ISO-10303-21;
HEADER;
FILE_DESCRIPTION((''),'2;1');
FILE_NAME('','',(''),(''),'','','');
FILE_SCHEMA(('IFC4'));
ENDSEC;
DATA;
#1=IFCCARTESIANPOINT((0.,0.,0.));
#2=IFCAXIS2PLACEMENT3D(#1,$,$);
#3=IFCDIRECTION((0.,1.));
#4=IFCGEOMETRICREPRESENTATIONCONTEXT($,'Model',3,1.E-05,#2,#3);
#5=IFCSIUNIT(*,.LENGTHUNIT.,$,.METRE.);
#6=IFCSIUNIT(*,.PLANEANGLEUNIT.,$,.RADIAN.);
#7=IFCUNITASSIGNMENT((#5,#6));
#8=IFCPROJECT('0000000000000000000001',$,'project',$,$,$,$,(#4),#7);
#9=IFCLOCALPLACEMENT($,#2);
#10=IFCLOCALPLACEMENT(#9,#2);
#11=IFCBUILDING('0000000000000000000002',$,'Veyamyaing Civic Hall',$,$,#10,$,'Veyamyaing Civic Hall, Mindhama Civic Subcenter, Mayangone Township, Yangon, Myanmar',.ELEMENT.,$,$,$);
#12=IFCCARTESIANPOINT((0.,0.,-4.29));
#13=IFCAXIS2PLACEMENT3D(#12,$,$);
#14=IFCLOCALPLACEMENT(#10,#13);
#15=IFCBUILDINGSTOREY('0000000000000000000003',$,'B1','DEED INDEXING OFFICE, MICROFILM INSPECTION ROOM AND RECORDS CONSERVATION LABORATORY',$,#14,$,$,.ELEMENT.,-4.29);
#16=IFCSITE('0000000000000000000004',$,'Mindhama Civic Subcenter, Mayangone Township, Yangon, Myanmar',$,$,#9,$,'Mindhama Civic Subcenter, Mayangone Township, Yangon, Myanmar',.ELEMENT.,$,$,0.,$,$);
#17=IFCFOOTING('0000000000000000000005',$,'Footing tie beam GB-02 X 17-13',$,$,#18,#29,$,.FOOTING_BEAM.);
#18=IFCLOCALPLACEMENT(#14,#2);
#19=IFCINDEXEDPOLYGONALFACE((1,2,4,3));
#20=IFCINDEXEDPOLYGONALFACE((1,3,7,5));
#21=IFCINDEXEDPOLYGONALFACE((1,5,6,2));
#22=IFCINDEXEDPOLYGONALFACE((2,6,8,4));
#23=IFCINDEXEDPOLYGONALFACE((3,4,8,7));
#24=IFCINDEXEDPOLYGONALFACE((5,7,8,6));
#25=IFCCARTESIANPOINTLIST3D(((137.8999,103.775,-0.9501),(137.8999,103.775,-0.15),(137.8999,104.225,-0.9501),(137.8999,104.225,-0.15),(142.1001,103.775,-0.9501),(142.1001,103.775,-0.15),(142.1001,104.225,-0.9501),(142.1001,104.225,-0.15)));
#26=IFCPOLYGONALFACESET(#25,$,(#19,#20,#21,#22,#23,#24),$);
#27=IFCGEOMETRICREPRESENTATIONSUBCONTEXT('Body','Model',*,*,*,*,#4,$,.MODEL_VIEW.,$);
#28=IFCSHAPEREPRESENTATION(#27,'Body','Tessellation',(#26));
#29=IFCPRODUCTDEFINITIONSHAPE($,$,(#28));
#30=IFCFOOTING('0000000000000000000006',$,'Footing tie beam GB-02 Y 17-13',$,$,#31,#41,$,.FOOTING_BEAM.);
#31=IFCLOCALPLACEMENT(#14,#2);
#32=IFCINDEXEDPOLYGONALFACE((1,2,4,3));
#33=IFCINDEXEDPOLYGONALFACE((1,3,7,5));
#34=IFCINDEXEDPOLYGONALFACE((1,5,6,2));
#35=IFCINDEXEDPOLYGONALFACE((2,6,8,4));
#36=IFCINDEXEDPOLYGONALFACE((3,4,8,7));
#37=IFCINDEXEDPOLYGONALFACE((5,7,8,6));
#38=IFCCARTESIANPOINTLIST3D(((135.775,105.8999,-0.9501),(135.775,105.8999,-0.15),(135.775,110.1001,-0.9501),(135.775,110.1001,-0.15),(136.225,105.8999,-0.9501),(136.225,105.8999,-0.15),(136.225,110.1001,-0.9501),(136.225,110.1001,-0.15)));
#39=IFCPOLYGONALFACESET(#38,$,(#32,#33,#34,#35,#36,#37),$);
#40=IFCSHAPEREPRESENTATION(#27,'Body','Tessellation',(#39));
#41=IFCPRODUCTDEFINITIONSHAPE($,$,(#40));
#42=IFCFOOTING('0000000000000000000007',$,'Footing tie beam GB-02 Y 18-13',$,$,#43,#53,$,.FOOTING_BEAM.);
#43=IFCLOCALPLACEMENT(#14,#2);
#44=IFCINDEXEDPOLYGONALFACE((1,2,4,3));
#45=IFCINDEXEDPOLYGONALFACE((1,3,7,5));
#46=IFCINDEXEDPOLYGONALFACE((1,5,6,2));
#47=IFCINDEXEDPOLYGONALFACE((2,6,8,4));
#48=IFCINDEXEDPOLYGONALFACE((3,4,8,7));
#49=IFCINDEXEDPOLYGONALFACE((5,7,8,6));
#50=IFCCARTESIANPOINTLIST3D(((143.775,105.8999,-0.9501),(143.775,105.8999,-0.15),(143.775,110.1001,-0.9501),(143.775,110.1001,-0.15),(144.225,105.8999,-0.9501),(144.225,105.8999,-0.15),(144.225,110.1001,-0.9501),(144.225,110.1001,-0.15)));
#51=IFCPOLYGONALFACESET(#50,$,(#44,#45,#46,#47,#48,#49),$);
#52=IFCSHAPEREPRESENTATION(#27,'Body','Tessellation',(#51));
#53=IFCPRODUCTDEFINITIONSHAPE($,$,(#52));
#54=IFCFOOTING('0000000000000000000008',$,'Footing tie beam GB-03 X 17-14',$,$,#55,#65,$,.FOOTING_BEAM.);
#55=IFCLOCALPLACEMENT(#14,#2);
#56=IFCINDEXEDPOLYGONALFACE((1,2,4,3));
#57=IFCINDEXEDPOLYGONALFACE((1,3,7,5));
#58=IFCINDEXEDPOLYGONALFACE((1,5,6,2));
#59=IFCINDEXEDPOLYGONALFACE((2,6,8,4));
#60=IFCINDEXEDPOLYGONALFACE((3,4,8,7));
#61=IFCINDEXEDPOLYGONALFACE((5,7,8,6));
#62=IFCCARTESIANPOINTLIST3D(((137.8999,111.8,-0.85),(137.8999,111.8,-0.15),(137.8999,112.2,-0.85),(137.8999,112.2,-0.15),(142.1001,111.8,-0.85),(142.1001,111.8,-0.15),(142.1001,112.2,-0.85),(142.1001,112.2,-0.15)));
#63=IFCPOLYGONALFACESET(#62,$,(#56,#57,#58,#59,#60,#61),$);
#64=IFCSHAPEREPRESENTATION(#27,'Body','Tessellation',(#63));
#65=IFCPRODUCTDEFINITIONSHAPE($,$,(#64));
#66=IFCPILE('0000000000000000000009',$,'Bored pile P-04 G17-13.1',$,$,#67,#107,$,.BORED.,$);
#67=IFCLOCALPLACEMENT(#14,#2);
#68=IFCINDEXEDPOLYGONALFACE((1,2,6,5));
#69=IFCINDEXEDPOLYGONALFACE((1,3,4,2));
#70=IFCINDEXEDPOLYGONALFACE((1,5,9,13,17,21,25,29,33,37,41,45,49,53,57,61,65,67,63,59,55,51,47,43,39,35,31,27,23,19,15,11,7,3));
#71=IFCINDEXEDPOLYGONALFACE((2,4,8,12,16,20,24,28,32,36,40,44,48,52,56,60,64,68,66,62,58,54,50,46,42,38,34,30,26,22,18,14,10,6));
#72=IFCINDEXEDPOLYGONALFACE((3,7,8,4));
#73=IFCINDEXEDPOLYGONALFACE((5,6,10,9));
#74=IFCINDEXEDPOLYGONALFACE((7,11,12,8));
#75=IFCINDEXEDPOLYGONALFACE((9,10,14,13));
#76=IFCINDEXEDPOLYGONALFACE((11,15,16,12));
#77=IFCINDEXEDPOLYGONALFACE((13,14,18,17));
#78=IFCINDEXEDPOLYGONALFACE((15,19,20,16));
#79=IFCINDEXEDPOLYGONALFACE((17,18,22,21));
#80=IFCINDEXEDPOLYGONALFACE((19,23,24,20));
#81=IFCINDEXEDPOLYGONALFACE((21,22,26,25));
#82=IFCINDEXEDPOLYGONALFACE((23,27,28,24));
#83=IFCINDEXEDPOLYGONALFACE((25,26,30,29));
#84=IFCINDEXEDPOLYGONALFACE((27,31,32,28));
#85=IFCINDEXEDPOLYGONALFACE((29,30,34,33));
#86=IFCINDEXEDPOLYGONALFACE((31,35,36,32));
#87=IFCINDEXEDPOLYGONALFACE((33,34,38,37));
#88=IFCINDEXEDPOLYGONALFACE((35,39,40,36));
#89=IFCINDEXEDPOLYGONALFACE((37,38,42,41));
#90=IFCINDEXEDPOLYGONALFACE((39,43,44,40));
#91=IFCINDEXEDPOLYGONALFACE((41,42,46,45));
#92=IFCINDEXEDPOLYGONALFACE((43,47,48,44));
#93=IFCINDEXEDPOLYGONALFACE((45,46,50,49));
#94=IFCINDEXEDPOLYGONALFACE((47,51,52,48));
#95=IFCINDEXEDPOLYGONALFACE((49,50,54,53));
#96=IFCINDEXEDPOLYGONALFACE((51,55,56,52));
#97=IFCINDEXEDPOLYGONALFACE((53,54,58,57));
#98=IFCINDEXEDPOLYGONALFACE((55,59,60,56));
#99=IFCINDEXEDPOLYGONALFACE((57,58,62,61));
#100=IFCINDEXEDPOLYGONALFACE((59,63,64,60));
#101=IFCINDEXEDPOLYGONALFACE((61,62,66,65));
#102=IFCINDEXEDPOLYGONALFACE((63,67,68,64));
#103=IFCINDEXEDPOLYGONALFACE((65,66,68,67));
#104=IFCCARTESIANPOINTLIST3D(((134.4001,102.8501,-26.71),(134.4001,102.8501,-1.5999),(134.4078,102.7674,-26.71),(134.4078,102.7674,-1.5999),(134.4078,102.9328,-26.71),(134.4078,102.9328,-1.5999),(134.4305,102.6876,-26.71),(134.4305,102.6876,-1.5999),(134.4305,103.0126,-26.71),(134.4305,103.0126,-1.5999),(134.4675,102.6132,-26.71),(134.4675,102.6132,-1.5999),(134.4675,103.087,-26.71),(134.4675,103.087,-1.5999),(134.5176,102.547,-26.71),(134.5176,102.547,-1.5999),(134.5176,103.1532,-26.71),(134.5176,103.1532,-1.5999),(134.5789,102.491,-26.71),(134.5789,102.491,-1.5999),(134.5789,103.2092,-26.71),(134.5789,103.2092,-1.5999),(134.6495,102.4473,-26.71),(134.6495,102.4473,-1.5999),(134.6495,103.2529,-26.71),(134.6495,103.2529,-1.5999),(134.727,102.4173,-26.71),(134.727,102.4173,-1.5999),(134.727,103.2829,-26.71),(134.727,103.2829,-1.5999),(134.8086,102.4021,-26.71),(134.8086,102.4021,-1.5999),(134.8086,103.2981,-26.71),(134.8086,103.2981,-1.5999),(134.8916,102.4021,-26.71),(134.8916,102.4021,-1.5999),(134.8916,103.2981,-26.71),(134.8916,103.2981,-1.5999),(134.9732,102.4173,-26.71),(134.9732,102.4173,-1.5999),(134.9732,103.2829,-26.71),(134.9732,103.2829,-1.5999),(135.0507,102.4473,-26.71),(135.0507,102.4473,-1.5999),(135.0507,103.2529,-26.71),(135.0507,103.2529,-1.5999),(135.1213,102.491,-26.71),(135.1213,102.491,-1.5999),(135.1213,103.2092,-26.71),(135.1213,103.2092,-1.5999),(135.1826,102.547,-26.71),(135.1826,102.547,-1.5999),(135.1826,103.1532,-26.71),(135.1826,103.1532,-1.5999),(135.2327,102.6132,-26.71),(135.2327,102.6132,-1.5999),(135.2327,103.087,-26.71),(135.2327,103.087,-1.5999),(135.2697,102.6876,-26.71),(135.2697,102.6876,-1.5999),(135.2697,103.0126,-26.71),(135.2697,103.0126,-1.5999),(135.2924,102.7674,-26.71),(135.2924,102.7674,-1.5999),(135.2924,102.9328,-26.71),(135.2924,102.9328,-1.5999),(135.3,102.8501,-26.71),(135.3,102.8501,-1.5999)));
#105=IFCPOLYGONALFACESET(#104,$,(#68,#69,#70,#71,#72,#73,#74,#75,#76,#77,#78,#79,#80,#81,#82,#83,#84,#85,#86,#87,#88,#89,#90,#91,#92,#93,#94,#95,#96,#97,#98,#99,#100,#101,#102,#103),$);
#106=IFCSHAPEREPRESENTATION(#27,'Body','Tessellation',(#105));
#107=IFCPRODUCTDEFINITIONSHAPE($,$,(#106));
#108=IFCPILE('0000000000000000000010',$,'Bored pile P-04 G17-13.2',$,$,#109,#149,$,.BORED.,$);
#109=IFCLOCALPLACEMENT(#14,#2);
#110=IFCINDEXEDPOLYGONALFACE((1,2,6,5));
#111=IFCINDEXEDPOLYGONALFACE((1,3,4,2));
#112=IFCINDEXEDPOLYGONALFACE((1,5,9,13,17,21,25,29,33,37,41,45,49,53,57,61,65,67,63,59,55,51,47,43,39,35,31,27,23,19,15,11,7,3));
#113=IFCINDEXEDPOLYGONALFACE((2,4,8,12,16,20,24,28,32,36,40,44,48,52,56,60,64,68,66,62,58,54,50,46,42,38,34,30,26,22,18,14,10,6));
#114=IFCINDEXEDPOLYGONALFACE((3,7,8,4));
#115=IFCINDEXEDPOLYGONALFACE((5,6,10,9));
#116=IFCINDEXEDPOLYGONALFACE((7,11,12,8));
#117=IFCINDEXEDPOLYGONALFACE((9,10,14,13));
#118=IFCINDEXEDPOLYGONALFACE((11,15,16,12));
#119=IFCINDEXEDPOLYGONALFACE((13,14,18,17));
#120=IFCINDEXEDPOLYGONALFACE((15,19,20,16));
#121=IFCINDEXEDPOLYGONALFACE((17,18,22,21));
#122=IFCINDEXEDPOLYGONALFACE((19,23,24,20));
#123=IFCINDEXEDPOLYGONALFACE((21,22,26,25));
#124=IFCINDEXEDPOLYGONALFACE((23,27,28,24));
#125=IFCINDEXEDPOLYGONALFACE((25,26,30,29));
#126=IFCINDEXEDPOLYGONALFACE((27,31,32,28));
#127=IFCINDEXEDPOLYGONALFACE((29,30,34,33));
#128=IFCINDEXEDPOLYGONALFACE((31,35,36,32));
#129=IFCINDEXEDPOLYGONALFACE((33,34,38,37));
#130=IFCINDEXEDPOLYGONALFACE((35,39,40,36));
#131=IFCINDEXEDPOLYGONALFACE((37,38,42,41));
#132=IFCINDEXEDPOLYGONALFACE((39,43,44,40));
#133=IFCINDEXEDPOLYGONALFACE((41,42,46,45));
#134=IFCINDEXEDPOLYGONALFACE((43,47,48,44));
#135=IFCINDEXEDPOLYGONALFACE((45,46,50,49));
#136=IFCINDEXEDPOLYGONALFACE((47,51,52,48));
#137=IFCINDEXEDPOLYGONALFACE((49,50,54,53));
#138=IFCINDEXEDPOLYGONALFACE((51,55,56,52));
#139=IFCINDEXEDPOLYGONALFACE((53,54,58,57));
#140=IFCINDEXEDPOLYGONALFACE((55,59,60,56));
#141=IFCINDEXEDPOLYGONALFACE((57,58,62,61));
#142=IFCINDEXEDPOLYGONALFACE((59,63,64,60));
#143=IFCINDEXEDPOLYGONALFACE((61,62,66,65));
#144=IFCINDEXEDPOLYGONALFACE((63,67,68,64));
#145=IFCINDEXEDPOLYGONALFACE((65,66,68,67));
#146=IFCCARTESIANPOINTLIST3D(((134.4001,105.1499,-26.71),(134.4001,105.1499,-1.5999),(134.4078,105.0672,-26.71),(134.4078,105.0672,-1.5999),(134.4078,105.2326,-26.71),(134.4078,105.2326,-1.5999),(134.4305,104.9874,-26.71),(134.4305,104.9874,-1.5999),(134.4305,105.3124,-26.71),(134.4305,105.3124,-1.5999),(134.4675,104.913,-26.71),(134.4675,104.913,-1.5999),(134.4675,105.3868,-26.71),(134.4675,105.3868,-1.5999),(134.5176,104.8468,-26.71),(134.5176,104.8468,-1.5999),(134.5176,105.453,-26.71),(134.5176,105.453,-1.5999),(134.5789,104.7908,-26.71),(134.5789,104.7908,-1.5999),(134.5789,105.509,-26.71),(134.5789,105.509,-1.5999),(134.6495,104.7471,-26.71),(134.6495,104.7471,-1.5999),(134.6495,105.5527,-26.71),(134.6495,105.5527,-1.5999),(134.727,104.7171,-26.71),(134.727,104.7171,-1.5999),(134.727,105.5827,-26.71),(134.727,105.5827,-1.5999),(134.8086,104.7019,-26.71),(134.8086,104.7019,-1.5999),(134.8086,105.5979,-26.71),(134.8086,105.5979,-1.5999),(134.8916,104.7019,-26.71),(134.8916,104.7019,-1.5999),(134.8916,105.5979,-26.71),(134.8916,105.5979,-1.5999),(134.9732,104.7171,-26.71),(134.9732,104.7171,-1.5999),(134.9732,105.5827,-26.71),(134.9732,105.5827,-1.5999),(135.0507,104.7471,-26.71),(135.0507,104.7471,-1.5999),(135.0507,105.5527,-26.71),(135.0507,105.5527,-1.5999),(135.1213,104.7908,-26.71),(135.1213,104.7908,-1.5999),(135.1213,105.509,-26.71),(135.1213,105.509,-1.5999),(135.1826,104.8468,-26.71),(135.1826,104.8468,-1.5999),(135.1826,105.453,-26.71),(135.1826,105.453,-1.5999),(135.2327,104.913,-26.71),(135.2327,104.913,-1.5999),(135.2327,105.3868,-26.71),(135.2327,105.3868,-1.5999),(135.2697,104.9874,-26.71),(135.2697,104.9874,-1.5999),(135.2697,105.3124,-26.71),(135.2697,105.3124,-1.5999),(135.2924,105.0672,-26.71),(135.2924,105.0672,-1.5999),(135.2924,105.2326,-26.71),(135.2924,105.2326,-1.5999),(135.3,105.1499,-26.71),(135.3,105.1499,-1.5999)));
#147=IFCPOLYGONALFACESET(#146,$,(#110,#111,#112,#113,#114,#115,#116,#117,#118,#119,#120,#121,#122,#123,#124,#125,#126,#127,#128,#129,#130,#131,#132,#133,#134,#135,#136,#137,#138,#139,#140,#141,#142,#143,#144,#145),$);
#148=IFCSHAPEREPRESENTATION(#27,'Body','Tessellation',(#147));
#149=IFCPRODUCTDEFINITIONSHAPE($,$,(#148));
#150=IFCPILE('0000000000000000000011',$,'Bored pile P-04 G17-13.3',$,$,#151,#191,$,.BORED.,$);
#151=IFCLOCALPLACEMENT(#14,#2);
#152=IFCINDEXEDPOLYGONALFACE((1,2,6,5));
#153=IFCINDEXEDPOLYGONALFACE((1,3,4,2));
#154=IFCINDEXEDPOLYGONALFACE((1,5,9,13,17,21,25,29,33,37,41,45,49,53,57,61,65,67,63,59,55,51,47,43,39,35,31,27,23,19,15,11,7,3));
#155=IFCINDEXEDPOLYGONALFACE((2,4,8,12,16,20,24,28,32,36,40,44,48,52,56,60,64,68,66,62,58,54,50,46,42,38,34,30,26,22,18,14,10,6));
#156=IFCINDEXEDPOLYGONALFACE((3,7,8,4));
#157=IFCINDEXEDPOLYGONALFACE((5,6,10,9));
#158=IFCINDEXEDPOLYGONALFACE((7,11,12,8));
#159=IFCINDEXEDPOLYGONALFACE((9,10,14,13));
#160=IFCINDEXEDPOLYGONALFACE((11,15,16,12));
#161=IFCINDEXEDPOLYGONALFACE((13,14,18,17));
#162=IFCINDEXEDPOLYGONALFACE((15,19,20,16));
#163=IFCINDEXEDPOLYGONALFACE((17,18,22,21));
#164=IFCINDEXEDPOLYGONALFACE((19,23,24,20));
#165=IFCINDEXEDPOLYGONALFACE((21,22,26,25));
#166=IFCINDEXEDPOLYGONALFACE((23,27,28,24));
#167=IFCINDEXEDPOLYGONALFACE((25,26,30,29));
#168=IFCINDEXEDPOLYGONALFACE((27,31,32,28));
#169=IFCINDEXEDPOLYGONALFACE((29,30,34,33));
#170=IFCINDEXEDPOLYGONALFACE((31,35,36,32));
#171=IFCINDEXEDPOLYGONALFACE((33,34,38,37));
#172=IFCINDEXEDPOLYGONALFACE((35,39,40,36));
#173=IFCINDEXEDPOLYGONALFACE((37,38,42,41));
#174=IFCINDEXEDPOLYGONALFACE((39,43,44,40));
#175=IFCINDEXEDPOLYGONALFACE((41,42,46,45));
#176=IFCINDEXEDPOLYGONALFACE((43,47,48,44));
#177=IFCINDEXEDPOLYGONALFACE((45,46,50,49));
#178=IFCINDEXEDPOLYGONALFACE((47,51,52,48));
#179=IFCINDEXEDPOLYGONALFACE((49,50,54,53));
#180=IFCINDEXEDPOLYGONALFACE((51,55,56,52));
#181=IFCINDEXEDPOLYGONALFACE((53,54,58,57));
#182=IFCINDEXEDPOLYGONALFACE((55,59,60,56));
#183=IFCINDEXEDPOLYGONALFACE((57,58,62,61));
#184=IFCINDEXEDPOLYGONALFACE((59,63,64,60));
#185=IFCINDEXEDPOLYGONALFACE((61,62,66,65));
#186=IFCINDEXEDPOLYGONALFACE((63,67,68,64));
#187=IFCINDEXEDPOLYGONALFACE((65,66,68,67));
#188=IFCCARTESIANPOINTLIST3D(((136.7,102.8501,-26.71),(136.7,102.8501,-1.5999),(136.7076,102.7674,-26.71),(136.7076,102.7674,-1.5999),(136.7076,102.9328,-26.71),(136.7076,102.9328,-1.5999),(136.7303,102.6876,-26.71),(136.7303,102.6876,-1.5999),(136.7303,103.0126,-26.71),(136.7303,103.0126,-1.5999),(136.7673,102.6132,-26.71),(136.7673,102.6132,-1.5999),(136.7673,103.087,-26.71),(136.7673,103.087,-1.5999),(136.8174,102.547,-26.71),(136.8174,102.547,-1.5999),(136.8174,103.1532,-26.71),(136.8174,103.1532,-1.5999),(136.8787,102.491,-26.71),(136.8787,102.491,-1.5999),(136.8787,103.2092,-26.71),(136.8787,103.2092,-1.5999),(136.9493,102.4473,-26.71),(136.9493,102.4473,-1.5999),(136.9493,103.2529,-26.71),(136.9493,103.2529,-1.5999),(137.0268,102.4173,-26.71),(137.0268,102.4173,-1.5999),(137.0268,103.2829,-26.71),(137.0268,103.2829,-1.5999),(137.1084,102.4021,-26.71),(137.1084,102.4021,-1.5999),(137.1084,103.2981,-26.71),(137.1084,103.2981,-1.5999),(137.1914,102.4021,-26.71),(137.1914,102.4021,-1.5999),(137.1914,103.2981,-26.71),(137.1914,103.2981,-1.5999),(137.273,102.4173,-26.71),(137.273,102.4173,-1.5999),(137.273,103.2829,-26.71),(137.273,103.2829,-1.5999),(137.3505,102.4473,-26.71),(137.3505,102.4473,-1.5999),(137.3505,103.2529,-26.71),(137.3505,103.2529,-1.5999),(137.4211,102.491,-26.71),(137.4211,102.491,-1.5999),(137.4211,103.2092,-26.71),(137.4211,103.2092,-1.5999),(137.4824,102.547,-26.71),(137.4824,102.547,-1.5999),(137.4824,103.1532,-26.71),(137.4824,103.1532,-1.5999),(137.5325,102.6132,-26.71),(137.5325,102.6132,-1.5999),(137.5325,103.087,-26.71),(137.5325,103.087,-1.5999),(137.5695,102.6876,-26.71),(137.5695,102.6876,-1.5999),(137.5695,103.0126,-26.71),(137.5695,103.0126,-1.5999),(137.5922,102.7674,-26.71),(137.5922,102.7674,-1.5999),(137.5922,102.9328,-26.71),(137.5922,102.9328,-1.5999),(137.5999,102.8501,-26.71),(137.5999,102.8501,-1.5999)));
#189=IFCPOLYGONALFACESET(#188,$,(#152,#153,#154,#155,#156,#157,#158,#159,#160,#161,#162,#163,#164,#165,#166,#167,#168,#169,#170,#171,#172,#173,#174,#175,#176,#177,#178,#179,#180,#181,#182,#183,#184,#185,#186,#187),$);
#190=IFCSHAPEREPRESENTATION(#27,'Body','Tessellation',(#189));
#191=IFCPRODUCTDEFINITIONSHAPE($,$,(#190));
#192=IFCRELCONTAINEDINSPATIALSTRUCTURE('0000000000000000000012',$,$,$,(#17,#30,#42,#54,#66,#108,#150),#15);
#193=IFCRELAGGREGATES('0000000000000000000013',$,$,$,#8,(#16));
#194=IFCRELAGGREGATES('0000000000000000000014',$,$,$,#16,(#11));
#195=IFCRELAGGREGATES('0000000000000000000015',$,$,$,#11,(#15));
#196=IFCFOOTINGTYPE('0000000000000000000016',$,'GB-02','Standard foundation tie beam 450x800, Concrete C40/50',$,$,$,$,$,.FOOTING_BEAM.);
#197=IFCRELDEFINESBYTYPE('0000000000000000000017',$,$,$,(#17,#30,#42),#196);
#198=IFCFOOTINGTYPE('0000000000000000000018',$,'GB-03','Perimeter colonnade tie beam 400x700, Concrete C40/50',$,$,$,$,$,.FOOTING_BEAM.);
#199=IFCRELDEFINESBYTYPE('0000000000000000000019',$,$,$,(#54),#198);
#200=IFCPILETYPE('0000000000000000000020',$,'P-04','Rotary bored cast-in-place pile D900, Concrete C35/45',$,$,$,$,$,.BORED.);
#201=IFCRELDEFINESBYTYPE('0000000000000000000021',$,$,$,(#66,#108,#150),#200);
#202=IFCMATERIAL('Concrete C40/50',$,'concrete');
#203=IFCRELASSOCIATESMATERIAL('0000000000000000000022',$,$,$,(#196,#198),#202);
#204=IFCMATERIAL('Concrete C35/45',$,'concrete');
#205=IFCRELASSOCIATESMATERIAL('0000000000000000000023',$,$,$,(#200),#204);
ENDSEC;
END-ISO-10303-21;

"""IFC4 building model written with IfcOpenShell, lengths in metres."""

from ifc_helpers import new_model, si_unit, direction, frame, origin, origin_2d, place, context, subcontext, project, spatial, rectangle, circle, extrude, material, material_profile, profile_set, type_object, element, save


model = new_model("IFC4")

# Units and contexts
model_context = context("Model", 3, precision=1e-05, world=origin(), true_north=direction((0.0, 1.0)))
body_context = subcontext(model_context, "Body", "Model", "MODEL_VIEW")
ifc_project = project(units=[si_unit("LENGTHUNIT", "METRE"), si_unit("PLANEANGLEUNIT", "RADIAN")], contexts=[model_context])

# Site, building, storey
site_placement = place(None, origin())
site = spatial("IfcSite", under=ifc_project, at=site_placement, Name="Mindhama Civic Subcenter, Mayangone Township, Yangon, Myanmar", LongName="Mindhama Civic Subcenter, Mayangone Township, Yangon, Myanmar", CompositionType="ELEMENT", RefElevation=0.0)
building_placement = place(site_placement, origin())
building = spatial("IfcBuilding", under=site, at=building_placement, Name="Veyamyaing Civic Hall", LongName="Veyamyaing Civic Hall, Mindhama Civic Subcenter, Mayangone Township, Yangon, Myanmar", CompositionType="ELEMENT")
storey_placement = place(building_placement, frame((0.0, 0.0, -4.29)))
storey = spatial("IfcBuildingStorey", under=building, at=storey_placement, Name="B1", Description="DEED INDEXING OFFICE, MICROFILM INSPECTION ROOM AND RECORDS CONSERVATION LABORATORY", CompositionType="ELEMENT", Elevation=-4.29)

# Footings
ifc_material_1 = material(Name="Concrete C40/50", Category="concrete")
ifc_material_profile_1 = material_profile(ifc_material_1, rectangle(XDim=0.45, YDim=0.8, at=origin_2d()), Name="GB-450X800")
ifc_profile_set_1 = profile_set([ifc_material_profile_1], Name="Concrete C40/50")
footing_type_1 = type_object("IfcFootingType", Name="GB-02", Description="Standard foundation tie beam 450x800, Concrete C40/50", PredefinedType="FOOTING_BEAM", material=ifc_profile_set_1)
for number, where, z_axis, x_axis, name in (
    (1, (137.8999, 104.0, -0.55), (1.0, 0.0, 0.0), (0.0, 1.0, 0.0), "Footing tie beam GB-02 X 17-13"),
    (2, (136.0, 105.8999, -0.55), (0.0, 1.0, 0.0), (-1.0, 0.0, 0.0), "Footing tie beam GB-02 Y 17-13"),
    (3, (144.0, 105.8999, -0.55), (0.0, 1.0, 0.0), (-1.0, 0.0, 0.0), "Footing tie beam GB-02 Y 18-13"),
):
    element("IfcFooting", number, at=place(storey_placement, frame(where, z_axis=z_axis, x_axis=x_axis)), inside=storey, type_object=footing_type_1, Name=name, PredefinedType="FOOTING_BEAM", context=body_context, shape_type="SweptSolid", body=[
        extrude(rectangle(XDim=0.45, YDim=0.8, at=origin_2d()), origin(), (0.0, 0.0, 1.0), 4.2002),
    ])
ifc_material_profile_2 = material_profile(ifc_material_1, rectangle(XDim=0.3999, YDim=0.7, at=origin_2d()), Name="GB-400X700")
ifc_profile_set_2 = profile_set([ifc_material_profile_2], Name="Concrete C40/50")
footing_type_2 = type_object("IfcFootingType", Name="GB-03", Description="Perimeter colonnade tie beam 400x700, Concrete C40/50", PredefinedType="FOOTING_BEAM", material=ifc_profile_set_2)
footing_placement = place(storey_placement, frame((137.8999, 112.0, -0.5), z_axis=(1.0, 0.0, 0.0), x_axis=(0.0, 1.0, 0.0)))
element("IfcFooting", 4, at=footing_placement, inside=storey, type_object=footing_type_2, Name="Footing tie beam GB-03 X 17-14", PredefinedType="FOOTING_BEAM", context=body_context, shape_type="SweptSolid", body=[
    extrude(rectangle(XDim=0.3999, YDim=0.7, at=origin_2d()), origin(), (0.0, 0.0, 1.0), 4.2002),
])

# Piles
ifc_material_2 = material(Name="Concrete C35/45", Category="concrete")
ifc_material_profile_3 = material_profile(ifc_material_2, circle(Radius=0.45, at=origin_2d()), Name="PILE-D900")
ifc_profile_set_3 = profile_set([ifc_material_profile_3], Name="Concrete C35/45")
pile_type = type_object("IfcPileType", Name="P-04", Description="Rotary bored cast-in-place pile D900, Concrete C35/45", PredefinedType="BORED", material=ifc_profile_set_3)
for number, where, z_axis, x_axis, name in (
    (5, (134.8501, 102.8501, -1.5999), (0.0, 0.0, -1.0), (1.0, 0.0, 0.0), "Bored pile P-04 G17-13.1"),
    (6, (134.8501, 105.1499, -1.5999), (0.0, 0.0, -1.0), (1.0, 0.0, 0.0), "Bored pile P-04 G17-13.2"),
    (7, (137.1499, 102.8501, -1.5999), (0.0, 0.0, -1.0), (1.0, 0.0, 0.0), "Bored pile P-04 G17-13.3"),
):
    element("IfcPile", number, at=place(storey_placement, frame(where, z_axis=z_axis, x_axis=x_axis)), inside=storey, type_object=pile_type, Name=name, PredefinedType="BORED", context=body_context, shape_type="SweptSolid", body=[
        extrude(circle(Radius=0.45, at=origin_2d()), origin(), (0.0, 0.0, 1.0), 25.1101),
    ])

save(model, "model.ifc")
